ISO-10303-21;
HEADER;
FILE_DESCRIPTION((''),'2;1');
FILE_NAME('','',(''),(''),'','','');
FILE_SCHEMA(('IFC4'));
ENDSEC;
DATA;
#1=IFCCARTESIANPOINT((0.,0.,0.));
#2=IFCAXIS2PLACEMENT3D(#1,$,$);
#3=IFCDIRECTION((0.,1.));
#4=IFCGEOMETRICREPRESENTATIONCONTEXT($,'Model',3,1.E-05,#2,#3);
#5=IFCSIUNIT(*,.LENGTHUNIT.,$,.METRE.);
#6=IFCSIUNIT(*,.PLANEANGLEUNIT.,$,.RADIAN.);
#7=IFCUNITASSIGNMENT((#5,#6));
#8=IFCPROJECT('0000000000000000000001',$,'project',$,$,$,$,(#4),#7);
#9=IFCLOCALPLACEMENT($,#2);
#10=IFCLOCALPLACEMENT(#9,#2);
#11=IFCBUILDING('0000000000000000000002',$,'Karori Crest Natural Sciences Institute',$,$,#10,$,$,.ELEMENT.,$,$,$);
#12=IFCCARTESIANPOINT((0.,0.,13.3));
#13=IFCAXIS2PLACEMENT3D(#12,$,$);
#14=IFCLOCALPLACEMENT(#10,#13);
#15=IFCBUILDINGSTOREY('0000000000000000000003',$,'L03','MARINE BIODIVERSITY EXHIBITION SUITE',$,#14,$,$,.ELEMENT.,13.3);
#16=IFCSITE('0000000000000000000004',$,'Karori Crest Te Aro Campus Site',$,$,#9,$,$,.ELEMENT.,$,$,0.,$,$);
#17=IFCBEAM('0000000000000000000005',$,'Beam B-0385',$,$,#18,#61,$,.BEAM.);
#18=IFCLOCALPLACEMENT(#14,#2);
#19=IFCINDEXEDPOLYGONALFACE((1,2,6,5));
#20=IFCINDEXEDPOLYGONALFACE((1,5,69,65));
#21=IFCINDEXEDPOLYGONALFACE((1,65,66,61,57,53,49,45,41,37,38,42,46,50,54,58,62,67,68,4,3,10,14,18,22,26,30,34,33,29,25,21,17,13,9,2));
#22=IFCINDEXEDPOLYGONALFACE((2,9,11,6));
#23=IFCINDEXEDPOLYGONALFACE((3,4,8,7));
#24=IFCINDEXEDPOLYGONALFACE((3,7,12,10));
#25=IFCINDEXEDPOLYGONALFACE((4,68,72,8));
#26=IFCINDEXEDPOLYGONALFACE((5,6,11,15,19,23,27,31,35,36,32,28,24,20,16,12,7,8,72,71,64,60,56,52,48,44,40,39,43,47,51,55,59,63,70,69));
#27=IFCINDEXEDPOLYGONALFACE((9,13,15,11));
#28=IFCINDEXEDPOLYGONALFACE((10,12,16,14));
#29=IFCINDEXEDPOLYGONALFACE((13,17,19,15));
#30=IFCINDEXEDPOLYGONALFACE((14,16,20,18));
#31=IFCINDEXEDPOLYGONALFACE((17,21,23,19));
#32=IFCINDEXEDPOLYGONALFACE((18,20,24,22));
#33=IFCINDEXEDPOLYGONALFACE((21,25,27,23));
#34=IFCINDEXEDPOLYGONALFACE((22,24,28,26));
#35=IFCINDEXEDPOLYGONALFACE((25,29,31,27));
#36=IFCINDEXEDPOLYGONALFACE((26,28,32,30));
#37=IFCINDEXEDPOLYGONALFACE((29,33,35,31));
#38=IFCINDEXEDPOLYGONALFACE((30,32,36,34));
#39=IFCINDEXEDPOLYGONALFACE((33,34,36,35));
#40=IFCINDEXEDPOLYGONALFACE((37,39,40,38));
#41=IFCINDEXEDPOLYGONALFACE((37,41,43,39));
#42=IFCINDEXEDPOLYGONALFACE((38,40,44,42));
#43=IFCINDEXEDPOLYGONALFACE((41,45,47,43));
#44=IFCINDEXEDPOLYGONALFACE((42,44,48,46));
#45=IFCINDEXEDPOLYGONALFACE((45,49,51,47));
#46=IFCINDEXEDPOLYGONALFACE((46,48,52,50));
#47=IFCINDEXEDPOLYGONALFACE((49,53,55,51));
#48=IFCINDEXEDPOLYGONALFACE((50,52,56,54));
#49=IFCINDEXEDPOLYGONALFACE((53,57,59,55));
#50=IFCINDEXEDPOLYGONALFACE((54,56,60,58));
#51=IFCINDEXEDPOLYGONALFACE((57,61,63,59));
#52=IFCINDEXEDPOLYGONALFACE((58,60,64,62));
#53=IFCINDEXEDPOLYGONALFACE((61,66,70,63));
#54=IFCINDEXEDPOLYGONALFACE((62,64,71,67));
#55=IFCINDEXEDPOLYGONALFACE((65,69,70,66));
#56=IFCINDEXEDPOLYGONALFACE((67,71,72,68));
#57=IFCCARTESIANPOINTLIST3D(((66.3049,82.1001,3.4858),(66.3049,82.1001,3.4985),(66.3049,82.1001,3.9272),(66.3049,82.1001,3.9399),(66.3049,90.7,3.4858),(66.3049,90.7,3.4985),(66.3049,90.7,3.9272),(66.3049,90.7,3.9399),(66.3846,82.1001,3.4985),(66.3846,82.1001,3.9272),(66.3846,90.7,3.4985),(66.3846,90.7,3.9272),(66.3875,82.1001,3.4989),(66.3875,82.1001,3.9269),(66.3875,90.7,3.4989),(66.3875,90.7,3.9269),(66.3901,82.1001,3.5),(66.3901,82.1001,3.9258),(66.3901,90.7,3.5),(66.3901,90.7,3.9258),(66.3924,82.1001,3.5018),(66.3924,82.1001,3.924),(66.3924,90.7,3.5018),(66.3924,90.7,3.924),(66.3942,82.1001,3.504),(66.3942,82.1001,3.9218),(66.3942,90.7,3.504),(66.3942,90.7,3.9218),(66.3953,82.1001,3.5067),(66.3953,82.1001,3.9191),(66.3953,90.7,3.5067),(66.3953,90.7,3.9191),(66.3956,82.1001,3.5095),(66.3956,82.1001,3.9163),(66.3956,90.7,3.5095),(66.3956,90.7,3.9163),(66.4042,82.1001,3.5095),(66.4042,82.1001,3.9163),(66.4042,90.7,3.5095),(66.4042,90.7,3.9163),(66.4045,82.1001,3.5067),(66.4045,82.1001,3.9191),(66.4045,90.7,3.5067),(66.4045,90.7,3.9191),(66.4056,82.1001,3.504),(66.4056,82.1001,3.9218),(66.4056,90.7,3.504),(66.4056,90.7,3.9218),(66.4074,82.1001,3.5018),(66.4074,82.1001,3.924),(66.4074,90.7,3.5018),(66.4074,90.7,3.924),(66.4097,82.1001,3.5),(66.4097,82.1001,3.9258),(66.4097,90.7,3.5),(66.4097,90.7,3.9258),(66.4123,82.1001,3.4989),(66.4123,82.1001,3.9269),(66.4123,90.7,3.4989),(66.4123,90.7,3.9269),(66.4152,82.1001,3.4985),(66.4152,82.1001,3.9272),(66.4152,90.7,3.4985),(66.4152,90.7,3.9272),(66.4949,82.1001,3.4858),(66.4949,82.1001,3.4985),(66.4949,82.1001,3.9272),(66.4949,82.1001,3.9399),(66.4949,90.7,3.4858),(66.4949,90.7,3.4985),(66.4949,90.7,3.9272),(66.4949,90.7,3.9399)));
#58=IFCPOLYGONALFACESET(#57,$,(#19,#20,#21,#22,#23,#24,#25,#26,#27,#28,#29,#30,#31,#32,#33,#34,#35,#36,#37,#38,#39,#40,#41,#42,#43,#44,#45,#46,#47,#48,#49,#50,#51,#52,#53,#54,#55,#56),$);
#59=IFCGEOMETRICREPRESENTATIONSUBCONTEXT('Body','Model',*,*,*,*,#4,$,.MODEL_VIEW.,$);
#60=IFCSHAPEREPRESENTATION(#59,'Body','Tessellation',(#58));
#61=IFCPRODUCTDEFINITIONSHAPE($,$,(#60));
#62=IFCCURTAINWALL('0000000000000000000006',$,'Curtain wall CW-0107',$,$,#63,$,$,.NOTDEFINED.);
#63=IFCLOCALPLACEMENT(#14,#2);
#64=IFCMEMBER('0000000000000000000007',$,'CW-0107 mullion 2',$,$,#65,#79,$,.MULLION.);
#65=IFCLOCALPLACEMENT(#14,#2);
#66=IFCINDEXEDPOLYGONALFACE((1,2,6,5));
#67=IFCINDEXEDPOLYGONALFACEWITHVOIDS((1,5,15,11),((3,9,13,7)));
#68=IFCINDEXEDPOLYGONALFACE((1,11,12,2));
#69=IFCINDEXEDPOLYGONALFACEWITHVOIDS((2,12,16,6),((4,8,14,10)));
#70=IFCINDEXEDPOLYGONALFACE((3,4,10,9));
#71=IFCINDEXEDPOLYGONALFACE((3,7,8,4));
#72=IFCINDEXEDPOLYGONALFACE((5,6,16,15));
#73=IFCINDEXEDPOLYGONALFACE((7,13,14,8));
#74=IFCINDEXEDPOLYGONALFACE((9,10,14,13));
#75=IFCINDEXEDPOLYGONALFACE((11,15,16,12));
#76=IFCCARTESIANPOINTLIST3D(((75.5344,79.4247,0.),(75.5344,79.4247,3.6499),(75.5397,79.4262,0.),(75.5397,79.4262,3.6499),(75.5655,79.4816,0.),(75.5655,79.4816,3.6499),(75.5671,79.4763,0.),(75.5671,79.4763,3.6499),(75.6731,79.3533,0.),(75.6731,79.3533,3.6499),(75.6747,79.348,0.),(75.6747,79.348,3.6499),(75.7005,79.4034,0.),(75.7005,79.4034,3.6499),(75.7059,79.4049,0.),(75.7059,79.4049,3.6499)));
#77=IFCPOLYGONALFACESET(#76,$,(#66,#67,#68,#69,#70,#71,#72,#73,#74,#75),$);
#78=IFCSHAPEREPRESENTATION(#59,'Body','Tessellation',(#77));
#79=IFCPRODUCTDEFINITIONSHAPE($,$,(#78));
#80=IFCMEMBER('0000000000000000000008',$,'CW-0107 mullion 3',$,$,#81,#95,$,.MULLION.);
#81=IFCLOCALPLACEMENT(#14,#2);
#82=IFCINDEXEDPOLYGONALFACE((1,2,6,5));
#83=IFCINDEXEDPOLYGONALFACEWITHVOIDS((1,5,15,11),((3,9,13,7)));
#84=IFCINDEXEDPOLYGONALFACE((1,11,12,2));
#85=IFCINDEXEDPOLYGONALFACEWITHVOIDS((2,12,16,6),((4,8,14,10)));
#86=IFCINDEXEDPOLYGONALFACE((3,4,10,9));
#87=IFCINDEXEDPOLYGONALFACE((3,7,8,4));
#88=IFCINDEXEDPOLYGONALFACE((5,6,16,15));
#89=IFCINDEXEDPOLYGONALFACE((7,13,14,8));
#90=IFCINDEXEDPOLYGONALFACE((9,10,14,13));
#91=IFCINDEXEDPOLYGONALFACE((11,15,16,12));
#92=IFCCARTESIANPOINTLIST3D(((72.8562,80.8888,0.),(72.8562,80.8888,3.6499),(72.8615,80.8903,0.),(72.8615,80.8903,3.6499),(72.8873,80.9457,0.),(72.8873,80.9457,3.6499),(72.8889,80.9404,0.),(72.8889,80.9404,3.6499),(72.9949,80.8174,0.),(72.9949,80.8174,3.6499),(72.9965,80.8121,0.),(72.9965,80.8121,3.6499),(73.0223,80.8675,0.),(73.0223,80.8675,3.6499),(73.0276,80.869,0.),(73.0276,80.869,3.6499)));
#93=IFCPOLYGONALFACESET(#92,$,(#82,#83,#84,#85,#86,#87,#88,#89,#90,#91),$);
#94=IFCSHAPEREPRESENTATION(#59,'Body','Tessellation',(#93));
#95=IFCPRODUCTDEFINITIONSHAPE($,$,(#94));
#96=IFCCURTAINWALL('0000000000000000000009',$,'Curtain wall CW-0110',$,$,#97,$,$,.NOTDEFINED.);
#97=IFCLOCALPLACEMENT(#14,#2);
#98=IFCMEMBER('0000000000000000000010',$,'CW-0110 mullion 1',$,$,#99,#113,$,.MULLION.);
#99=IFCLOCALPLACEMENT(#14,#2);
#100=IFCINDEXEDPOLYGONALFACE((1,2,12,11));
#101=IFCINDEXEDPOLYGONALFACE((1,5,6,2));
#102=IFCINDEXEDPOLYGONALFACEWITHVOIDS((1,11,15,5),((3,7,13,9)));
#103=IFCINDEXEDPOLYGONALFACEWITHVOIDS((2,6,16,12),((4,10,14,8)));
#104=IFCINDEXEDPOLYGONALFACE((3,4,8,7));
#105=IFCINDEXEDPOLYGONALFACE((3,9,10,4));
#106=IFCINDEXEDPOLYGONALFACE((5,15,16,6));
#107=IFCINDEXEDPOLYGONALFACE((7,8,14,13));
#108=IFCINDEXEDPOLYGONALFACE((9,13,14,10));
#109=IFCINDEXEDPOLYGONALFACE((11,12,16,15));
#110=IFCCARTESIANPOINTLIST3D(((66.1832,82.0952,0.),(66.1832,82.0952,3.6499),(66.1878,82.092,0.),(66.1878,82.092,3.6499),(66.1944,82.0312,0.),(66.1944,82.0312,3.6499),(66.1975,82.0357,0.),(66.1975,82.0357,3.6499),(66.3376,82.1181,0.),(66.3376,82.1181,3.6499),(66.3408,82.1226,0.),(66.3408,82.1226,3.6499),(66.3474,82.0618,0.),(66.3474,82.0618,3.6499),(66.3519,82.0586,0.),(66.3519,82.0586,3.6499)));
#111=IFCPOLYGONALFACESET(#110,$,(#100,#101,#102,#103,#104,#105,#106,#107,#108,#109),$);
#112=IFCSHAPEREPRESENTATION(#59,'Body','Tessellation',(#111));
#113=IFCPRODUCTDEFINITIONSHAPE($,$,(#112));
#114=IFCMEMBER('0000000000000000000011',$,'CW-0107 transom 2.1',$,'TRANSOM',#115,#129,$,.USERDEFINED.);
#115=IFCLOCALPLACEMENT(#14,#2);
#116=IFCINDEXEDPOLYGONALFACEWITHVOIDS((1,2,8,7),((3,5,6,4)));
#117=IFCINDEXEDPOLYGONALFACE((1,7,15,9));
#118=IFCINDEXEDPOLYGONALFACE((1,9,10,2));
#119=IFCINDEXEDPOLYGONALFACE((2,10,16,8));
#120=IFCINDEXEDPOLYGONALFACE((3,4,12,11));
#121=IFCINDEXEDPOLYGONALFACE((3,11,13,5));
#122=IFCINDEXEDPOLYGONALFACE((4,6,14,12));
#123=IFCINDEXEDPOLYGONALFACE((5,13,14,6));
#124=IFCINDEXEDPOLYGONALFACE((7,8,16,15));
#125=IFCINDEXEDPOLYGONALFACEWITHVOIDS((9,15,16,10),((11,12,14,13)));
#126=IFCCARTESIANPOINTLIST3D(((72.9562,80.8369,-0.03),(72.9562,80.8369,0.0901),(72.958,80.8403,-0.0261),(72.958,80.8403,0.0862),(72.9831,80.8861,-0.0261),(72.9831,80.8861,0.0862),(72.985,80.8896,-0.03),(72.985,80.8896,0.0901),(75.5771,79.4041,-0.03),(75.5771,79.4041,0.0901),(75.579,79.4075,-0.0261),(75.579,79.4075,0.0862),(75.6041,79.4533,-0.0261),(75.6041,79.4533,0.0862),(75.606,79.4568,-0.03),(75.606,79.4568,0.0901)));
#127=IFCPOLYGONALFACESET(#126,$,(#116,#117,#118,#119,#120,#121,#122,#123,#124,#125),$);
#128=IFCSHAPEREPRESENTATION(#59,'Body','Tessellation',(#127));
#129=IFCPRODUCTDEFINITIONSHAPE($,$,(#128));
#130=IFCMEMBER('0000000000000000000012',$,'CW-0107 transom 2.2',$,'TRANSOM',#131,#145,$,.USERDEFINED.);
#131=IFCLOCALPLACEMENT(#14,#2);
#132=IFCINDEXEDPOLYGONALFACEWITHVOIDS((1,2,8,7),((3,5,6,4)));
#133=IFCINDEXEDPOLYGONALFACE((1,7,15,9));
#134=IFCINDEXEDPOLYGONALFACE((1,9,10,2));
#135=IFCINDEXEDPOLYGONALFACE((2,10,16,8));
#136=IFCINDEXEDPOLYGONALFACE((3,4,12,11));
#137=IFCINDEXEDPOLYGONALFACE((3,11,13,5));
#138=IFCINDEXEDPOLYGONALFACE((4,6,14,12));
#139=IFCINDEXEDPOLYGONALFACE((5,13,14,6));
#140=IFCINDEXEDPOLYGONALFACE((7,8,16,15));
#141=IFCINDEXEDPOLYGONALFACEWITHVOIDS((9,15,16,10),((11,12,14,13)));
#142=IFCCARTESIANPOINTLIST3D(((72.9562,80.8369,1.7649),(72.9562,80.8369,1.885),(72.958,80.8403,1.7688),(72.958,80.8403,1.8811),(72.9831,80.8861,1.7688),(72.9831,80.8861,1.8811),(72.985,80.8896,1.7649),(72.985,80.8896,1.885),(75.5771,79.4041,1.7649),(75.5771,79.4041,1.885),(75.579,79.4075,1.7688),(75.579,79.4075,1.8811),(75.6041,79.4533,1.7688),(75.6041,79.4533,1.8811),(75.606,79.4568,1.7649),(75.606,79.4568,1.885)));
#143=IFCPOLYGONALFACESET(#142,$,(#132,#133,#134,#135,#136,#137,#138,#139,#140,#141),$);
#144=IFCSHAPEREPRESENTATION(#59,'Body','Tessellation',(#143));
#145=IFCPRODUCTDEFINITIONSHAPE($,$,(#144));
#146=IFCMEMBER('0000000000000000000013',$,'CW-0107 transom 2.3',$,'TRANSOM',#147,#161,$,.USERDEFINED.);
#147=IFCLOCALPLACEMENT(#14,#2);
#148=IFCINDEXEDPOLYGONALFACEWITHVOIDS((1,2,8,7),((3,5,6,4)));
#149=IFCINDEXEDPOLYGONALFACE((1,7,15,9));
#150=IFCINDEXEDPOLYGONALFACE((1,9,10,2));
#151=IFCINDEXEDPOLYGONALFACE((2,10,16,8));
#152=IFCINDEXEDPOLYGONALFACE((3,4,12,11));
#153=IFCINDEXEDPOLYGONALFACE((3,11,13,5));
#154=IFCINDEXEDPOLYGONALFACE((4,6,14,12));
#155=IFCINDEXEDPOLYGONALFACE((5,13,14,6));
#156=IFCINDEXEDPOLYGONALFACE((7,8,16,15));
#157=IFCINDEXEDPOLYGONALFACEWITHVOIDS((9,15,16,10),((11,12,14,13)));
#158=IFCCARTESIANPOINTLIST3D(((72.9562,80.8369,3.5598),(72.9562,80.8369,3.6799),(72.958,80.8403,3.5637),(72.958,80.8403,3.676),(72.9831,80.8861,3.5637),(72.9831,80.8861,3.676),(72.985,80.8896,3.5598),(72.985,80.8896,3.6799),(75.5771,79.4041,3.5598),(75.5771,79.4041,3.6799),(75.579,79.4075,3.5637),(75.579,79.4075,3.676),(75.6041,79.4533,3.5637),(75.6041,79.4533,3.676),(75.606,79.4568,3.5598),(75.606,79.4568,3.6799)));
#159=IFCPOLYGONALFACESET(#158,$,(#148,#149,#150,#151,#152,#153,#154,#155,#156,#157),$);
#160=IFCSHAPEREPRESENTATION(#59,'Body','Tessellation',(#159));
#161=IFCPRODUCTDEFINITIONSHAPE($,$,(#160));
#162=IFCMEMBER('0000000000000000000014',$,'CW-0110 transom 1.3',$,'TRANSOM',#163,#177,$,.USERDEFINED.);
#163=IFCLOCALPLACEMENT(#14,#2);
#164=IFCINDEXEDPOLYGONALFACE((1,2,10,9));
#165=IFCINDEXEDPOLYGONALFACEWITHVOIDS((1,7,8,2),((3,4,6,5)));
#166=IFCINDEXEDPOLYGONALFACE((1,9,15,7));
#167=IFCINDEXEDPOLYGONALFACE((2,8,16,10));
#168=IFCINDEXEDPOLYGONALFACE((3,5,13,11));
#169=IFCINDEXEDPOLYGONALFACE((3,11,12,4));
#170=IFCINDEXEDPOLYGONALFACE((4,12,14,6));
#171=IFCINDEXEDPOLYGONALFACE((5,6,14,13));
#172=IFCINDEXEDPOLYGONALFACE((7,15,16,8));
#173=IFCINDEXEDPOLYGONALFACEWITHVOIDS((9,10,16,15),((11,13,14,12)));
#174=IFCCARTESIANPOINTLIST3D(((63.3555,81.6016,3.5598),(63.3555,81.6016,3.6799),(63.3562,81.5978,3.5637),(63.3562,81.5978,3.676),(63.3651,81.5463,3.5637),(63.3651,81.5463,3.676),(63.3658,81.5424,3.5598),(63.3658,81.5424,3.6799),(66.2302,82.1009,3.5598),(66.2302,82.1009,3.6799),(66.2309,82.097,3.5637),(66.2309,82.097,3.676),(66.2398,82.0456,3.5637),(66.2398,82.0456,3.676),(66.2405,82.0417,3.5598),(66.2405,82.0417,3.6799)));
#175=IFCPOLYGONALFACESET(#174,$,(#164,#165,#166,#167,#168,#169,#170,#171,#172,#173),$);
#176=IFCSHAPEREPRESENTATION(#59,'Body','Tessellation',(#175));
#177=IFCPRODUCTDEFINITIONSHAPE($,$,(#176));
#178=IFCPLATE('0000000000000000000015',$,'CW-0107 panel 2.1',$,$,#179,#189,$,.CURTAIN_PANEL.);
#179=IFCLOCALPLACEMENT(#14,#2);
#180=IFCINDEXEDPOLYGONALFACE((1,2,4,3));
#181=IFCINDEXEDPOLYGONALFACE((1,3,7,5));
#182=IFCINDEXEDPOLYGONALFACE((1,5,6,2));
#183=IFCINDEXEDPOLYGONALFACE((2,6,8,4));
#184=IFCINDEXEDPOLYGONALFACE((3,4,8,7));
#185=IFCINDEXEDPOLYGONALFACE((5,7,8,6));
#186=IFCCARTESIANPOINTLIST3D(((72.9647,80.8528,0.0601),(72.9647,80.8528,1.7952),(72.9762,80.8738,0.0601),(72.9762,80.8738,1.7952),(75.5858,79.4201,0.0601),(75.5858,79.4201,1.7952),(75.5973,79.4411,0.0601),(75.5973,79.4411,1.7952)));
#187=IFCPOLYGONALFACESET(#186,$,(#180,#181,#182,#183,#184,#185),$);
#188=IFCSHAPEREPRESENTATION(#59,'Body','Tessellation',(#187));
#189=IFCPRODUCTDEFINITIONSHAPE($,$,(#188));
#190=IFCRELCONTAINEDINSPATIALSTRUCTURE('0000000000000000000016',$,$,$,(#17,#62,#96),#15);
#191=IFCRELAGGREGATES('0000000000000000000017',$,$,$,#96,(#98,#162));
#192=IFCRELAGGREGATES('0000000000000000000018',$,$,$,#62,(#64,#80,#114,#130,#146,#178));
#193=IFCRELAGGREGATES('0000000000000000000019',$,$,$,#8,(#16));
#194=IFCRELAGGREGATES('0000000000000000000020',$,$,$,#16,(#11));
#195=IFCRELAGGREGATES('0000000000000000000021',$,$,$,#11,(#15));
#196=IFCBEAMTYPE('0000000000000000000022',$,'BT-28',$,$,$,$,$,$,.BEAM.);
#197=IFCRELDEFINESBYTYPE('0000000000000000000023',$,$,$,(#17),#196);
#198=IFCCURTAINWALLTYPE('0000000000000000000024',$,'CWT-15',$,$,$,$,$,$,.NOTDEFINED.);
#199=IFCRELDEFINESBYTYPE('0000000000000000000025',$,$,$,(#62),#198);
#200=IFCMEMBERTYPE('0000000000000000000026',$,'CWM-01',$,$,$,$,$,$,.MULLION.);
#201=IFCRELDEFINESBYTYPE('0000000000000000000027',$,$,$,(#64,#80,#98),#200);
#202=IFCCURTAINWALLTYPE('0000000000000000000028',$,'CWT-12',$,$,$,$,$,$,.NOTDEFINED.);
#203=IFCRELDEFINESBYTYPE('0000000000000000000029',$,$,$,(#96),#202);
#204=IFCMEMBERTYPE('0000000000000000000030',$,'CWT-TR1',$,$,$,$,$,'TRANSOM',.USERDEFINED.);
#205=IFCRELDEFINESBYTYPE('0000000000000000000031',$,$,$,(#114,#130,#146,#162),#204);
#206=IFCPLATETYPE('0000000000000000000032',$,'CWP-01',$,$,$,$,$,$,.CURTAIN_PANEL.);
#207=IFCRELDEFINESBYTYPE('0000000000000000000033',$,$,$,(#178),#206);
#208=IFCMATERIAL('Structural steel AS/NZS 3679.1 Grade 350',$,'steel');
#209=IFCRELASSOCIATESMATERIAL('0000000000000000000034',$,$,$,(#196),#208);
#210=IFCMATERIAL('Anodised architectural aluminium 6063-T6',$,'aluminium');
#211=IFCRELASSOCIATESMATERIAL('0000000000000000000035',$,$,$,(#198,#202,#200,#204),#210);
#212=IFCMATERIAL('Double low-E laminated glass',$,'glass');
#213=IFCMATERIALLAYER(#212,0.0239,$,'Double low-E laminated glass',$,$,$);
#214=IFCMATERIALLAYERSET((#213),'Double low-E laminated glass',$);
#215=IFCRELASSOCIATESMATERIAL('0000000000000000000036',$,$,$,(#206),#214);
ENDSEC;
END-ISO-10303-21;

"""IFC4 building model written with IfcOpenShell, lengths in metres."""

from ifc_helpers import new_model, si_unit, direction, frame, origin, origin_2d, place, context, subcontext, project, spatial, rectangle, hollow_rectangle, i_section, extrude, material, layer, layer_set, material_profile, profile_set, type_object, element, aggregate, save


model = new_model("IFC4")

# Units and contexts
model_context = context("Model", 3, precision=1e-05, world=origin(), true_north=direction((0.0, 1.0)))
body_context = subcontext(model_context, "Body", "Model", "MODEL_VIEW")
ifc_project = project(units=[si_unit("LENGTHUNIT", "METRE"), si_unit("PLANEANGLEUNIT", "RADIAN")], contexts=[model_context])

# Site, building, storey
site_placement = place(None, origin())
site = spatial("IfcSite", under=ifc_project, at=site_placement, Name="Karori Crest Te Aro Campus Site", CompositionType="ELEMENT", RefElevation=0.0)
building_placement = place(site_placement, origin())
building = spatial("IfcBuilding", under=site, at=building_placement, Name="Karori Crest Natural Sciences Institute", CompositionType="ELEMENT")
storey_placement = place(building_placement, frame((0.0, 0.0, 13.3)))
storey = spatial("IfcBuildingStorey", under=building, at=storey_placement, Name="L03", Description="MARINE BIODIVERSITY EXHIBITION SUITE", CompositionType="ELEMENT", Elevation=13.3)

# Shared definitions
ifc_material_1 = material(Name="Structural steel AS/NZS 3679.1 Grade 350", Category="steel")

# Beam
ifc_material_profile_1 = material_profile(ifc_material_1, i_section(OverallWidth=0.1899, OverallDepth=0.4541, WebThickness=0.0085, FlangeThickness=0.0127, FilletRadius=0.011, at=origin_2d()), Name="460UB67.1")
ifc_profile_set_1 = profile_set([ifc_material_profile_1], Name="Structural steel AS/NZS 3679.1 Grade 350")
beam_type_1 = type_object("IfcBeamType", Name="BT-28", PredefinedType="BEAM", material=ifc_profile_set_1)
beam_1_placement = place(storey_placement, frame((66.3999, 82.1001, 3.7129), z_axis=(0.0, 1.0, 0.0), x_axis=(-1.0, 0.0, 0.0)))
element("IfcBeam", 1, at=beam_1_placement, inside=storey, type_object=beam_type_1, Name="Beam B-0385", PredefinedType="BEAM", context=body_context, shape_type="SweptSolid", body=[
    extrude(i_section(OverallWidth=0.1899, OverallDepth=0.4541, WebThickness=0.0085, FlangeThickness=0.0127, FilletRadius=0.011, at=origin_2d()), origin(), (0.0, 0.0, 1.0), 8.5999),
])

# Curtain wall, members
ifc_material_2 = material(Name="Anodised architectural aluminium 6063-T6", Category="aluminium")
curtain_wall_type_1 = type_object("IfcCurtainWallType", Name="CWT-15", PredefinedType="NOTDEFINED", material=ifc_material_2)
curtain_wall_1_placement = place(storey_placement, origin())
curtain_wall_1 = element("IfcCurtainWall", 2, at=curtain_wall_1_placement, inside=storey, type_object=curtain_wall_type_1, Name="Curtain wall CW-0107", PredefinedType="NOTDEFINED")
ifc_material_profile_2 = material_profile(ifc_material_2, hollow_rectangle(XDim=0.0649, YDim=0.1599, WallThickness=0.0039, at=origin_2d()), Name="CWM160x65x4")
ifc_profile_set_2 = profile_set([ifc_material_profile_2], Name="Anodised architectural aluminium 6063-T6")
member_type_1 = type_object("IfcMemberType", Name="CWM-01", PredefinedType="MULLION", material=ifc_profile_set_2)
member_1_placement = place(storey_placement, frame((75.6201, 79.4148, 0.0), z_axis=(0.0, 0.0, 1.0), x_axis=(-0.479631, -0.87747, 0.0)))
member_1 = element("IfcMember", 3, at=member_1_placement, type_object=member_type_1, Name="CW-0107 mullion 2", PredefinedType="MULLION", context=body_context, shape_type="SweptSolid", body=[
    extrude(hollow_rectangle(XDim=0.0649, YDim=0.1599, WallThickness=0.0039, at=origin_2d()), origin(), (0.0, 0.0, 1.0), 3.6499),
])
member_2_placement = place(storey_placement, frame((72.9419, 80.8789, 0.0), z_axis=(0.0, 0.0, 1.0), x_axis=(-0.479631, -0.87747, 0.0)))
member_2 = element("IfcMember", 4, at=member_2_placement, type_object=member_type_1, Name="CW-0107 mullion 3", PredefinedType="MULLION", context=body_context, shape_type="SweptSolid", body=[
    extrude(hollow_rectangle(XDim=0.0649, YDim=0.1599, WallThickness=0.0039, at=origin_2d()), origin(), (0.0, 0.0, 1.0), 3.6499),
])

# Curtain wall, member
curtain_wall_type_2 = type_object("IfcCurtainWallType", Name="CWT-12", PredefinedType="NOTDEFINED", material=ifc_material_2)
curtain_wall_2_placement = place(storey_placement, origin())
curtain_wall_2 = element("IfcCurtainWall", 5, at=curtain_wall_2_placement, inside=storey, type_object=curtain_wall_type_2, Name="Curtain wall CW-0110", PredefinedType="NOTDEFINED")
member_3_placement = place(storey_placement, frame((66.2676, 82.0769, 0.0), z_axis=(0.0, 0.0, 1.0), x_axis=(0.171174, -0.985241, 0.0)))
member_3 = element("IfcMember", 6, at=member_3_placement, type_object=member_type_1, Name="CW-0110 mullion 1", PredefinedType="MULLION", context=body_context, shape_type="SweptSolid", body=[
    extrude(hollow_rectangle(XDim=0.0649, YDim=0.1599, WallThickness=0.0039, at=origin_2d()), origin(), (0.0, 0.0, 1.0), 3.6499),
])

# Members
ifc_material_profile_3 = material_profile(ifc_material_2, hollow_rectangle(XDim=0.0601, YDim=0.1201, WallThickness=0.0039, at=origin_2d()), Name="CWT120x60x4")
ifc_profile_set_3 = profile_set([ifc_material_profile_3], Name="Anodised architectural aluminium 6063-T6")
member_type_2 = type_object("IfcMemberType", Name="CWT-TR1", ElementType="TRANSOM", PredefinedType="USERDEFINED", material=ifc_profile_set_3)
member_4_placement = place(storey_placement, frame((75.5916, 79.4304, 0.03), z_axis=(-0.877449, 0.479671, 0.0), x_axis=(-0.479671, -0.877449, 0.0)))
member_4 = element("IfcMember", 7, at=member_4_placement, type_object=member_type_2, Name="CW-0107 transom 2.1", ObjectType="TRANSOM", PredefinedType="USERDEFINED", context=body_context, shape_type="SweptSolid", body=[
    extrude(hollow_rectangle(XDim=0.0601, YDim=0.1201, WallThickness=0.0039, at=origin_2d()), origin(), (0.0, 0.0, 1.0), 2.9871),
])
member_5_placement = place(storey_placement, frame((75.5916, 79.4304, 1.825), z_axis=(-0.877449, 0.479671, 0.0), x_axis=(-0.479671, -0.877449, 0.0)))
member_5 = element("IfcMember", 8, at=member_5_placement, type_object=member_type_2, Name="CW-0107 transom 2.2", ObjectType="TRANSOM", PredefinedType="USERDEFINED", context=body_context, shape_type="SweptSolid", body=[
    extrude(hollow_rectangle(XDim=0.0601, YDim=0.1201, WallThickness=0.0039, at=origin_2d()), origin(), (0.0, 0.0, 1.0), 2.9871),
])
member_6_placement = place(storey_placement, frame((75.5916, 79.4304, 3.6199), z_axis=(-0.877449, 0.479671, 0.0), x_axis=(-0.479671, -0.877449, 0.0)))
member_6 = element("IfcMember", 9, at=member_6_placement, type_object=member_type_2, Name="CW-0107 transom 2.3", ObjectType="TRANSOM", PredefinedType="USERDEFINED", context=body_context, shape_type="SweptSolid", body=[
    extrude(hollow_rectangle(XDim=0.0601, YDim=0.1201, WallThickness=0.0039, at=origin_2d()), origin(), (0.0, 0.0, 1.0), 2.9871),
])
member_7_placement = place(storey_placement, frame((66.2354, 82.0713, 3.6199), z_axis=(-0.985252, -0.171112, 0.0), x_axis=(0.171112, -0.985252, 0.0)))
member_7 = element("IfcMember", 10, at=member_7_placement, type_object=member_type_2, Name="CW-0110 transom 1.3", ObjectType="TRANSOM", PredefinedType="USERDEFINED", context=body_context, shape_type="SweptSolid", body=[
    extrude(hollow_rectangle(XDim=0.0601, YDim=0.1201, WallThickness=0.0039, at=origin_2d()), origin(), (0.0, 0.0, 1.0), 2.9177),
])
aggregate(curtain_wall_2, [member_3, member_7])

# Plate
ifc_material_3 = material(Name="Double low-E laminated glass", Category="glass")
ifc_layer_1 = layer(ifc_material_3, 0.0239, Name="Double low-E laminated glass")
ifc_layer_set_1 = layer_set([ifc_layer_1], Name="Double low-E laminated glass")
plate_type = type_object("IfcPlateType", Name="CWP-01", PredefinedType="CURTAIN_PANEL", material=ifc_layer_set_1)
plate_1_placement = place(storey_placement, frame((74.281, 80.147, 0.0601), z_axis=(0.0, 0.0, 1.0), x_axis=(-0.87747, 0.479631, 0.0)))
plate_1 = element("IfcPlate", 11, at=plate_1_placement, type_object=plate_type, Name="CW-0107 panel 2.1", PredefinedType="CURTAIN_PANEL", context=body_context, shape_type="SweptSolid", body=[
    extrude(rectangle(XDim=2.9871, YDim=0.0239, at=origin_2d()), origin(), (0.0, 0.0, 1.0), 1.7351),
])
aggregate(curtain_wall_1, [member_1, member_2, member_4, member_5, member_6, plate_1])

save(model, "model.ifc")
